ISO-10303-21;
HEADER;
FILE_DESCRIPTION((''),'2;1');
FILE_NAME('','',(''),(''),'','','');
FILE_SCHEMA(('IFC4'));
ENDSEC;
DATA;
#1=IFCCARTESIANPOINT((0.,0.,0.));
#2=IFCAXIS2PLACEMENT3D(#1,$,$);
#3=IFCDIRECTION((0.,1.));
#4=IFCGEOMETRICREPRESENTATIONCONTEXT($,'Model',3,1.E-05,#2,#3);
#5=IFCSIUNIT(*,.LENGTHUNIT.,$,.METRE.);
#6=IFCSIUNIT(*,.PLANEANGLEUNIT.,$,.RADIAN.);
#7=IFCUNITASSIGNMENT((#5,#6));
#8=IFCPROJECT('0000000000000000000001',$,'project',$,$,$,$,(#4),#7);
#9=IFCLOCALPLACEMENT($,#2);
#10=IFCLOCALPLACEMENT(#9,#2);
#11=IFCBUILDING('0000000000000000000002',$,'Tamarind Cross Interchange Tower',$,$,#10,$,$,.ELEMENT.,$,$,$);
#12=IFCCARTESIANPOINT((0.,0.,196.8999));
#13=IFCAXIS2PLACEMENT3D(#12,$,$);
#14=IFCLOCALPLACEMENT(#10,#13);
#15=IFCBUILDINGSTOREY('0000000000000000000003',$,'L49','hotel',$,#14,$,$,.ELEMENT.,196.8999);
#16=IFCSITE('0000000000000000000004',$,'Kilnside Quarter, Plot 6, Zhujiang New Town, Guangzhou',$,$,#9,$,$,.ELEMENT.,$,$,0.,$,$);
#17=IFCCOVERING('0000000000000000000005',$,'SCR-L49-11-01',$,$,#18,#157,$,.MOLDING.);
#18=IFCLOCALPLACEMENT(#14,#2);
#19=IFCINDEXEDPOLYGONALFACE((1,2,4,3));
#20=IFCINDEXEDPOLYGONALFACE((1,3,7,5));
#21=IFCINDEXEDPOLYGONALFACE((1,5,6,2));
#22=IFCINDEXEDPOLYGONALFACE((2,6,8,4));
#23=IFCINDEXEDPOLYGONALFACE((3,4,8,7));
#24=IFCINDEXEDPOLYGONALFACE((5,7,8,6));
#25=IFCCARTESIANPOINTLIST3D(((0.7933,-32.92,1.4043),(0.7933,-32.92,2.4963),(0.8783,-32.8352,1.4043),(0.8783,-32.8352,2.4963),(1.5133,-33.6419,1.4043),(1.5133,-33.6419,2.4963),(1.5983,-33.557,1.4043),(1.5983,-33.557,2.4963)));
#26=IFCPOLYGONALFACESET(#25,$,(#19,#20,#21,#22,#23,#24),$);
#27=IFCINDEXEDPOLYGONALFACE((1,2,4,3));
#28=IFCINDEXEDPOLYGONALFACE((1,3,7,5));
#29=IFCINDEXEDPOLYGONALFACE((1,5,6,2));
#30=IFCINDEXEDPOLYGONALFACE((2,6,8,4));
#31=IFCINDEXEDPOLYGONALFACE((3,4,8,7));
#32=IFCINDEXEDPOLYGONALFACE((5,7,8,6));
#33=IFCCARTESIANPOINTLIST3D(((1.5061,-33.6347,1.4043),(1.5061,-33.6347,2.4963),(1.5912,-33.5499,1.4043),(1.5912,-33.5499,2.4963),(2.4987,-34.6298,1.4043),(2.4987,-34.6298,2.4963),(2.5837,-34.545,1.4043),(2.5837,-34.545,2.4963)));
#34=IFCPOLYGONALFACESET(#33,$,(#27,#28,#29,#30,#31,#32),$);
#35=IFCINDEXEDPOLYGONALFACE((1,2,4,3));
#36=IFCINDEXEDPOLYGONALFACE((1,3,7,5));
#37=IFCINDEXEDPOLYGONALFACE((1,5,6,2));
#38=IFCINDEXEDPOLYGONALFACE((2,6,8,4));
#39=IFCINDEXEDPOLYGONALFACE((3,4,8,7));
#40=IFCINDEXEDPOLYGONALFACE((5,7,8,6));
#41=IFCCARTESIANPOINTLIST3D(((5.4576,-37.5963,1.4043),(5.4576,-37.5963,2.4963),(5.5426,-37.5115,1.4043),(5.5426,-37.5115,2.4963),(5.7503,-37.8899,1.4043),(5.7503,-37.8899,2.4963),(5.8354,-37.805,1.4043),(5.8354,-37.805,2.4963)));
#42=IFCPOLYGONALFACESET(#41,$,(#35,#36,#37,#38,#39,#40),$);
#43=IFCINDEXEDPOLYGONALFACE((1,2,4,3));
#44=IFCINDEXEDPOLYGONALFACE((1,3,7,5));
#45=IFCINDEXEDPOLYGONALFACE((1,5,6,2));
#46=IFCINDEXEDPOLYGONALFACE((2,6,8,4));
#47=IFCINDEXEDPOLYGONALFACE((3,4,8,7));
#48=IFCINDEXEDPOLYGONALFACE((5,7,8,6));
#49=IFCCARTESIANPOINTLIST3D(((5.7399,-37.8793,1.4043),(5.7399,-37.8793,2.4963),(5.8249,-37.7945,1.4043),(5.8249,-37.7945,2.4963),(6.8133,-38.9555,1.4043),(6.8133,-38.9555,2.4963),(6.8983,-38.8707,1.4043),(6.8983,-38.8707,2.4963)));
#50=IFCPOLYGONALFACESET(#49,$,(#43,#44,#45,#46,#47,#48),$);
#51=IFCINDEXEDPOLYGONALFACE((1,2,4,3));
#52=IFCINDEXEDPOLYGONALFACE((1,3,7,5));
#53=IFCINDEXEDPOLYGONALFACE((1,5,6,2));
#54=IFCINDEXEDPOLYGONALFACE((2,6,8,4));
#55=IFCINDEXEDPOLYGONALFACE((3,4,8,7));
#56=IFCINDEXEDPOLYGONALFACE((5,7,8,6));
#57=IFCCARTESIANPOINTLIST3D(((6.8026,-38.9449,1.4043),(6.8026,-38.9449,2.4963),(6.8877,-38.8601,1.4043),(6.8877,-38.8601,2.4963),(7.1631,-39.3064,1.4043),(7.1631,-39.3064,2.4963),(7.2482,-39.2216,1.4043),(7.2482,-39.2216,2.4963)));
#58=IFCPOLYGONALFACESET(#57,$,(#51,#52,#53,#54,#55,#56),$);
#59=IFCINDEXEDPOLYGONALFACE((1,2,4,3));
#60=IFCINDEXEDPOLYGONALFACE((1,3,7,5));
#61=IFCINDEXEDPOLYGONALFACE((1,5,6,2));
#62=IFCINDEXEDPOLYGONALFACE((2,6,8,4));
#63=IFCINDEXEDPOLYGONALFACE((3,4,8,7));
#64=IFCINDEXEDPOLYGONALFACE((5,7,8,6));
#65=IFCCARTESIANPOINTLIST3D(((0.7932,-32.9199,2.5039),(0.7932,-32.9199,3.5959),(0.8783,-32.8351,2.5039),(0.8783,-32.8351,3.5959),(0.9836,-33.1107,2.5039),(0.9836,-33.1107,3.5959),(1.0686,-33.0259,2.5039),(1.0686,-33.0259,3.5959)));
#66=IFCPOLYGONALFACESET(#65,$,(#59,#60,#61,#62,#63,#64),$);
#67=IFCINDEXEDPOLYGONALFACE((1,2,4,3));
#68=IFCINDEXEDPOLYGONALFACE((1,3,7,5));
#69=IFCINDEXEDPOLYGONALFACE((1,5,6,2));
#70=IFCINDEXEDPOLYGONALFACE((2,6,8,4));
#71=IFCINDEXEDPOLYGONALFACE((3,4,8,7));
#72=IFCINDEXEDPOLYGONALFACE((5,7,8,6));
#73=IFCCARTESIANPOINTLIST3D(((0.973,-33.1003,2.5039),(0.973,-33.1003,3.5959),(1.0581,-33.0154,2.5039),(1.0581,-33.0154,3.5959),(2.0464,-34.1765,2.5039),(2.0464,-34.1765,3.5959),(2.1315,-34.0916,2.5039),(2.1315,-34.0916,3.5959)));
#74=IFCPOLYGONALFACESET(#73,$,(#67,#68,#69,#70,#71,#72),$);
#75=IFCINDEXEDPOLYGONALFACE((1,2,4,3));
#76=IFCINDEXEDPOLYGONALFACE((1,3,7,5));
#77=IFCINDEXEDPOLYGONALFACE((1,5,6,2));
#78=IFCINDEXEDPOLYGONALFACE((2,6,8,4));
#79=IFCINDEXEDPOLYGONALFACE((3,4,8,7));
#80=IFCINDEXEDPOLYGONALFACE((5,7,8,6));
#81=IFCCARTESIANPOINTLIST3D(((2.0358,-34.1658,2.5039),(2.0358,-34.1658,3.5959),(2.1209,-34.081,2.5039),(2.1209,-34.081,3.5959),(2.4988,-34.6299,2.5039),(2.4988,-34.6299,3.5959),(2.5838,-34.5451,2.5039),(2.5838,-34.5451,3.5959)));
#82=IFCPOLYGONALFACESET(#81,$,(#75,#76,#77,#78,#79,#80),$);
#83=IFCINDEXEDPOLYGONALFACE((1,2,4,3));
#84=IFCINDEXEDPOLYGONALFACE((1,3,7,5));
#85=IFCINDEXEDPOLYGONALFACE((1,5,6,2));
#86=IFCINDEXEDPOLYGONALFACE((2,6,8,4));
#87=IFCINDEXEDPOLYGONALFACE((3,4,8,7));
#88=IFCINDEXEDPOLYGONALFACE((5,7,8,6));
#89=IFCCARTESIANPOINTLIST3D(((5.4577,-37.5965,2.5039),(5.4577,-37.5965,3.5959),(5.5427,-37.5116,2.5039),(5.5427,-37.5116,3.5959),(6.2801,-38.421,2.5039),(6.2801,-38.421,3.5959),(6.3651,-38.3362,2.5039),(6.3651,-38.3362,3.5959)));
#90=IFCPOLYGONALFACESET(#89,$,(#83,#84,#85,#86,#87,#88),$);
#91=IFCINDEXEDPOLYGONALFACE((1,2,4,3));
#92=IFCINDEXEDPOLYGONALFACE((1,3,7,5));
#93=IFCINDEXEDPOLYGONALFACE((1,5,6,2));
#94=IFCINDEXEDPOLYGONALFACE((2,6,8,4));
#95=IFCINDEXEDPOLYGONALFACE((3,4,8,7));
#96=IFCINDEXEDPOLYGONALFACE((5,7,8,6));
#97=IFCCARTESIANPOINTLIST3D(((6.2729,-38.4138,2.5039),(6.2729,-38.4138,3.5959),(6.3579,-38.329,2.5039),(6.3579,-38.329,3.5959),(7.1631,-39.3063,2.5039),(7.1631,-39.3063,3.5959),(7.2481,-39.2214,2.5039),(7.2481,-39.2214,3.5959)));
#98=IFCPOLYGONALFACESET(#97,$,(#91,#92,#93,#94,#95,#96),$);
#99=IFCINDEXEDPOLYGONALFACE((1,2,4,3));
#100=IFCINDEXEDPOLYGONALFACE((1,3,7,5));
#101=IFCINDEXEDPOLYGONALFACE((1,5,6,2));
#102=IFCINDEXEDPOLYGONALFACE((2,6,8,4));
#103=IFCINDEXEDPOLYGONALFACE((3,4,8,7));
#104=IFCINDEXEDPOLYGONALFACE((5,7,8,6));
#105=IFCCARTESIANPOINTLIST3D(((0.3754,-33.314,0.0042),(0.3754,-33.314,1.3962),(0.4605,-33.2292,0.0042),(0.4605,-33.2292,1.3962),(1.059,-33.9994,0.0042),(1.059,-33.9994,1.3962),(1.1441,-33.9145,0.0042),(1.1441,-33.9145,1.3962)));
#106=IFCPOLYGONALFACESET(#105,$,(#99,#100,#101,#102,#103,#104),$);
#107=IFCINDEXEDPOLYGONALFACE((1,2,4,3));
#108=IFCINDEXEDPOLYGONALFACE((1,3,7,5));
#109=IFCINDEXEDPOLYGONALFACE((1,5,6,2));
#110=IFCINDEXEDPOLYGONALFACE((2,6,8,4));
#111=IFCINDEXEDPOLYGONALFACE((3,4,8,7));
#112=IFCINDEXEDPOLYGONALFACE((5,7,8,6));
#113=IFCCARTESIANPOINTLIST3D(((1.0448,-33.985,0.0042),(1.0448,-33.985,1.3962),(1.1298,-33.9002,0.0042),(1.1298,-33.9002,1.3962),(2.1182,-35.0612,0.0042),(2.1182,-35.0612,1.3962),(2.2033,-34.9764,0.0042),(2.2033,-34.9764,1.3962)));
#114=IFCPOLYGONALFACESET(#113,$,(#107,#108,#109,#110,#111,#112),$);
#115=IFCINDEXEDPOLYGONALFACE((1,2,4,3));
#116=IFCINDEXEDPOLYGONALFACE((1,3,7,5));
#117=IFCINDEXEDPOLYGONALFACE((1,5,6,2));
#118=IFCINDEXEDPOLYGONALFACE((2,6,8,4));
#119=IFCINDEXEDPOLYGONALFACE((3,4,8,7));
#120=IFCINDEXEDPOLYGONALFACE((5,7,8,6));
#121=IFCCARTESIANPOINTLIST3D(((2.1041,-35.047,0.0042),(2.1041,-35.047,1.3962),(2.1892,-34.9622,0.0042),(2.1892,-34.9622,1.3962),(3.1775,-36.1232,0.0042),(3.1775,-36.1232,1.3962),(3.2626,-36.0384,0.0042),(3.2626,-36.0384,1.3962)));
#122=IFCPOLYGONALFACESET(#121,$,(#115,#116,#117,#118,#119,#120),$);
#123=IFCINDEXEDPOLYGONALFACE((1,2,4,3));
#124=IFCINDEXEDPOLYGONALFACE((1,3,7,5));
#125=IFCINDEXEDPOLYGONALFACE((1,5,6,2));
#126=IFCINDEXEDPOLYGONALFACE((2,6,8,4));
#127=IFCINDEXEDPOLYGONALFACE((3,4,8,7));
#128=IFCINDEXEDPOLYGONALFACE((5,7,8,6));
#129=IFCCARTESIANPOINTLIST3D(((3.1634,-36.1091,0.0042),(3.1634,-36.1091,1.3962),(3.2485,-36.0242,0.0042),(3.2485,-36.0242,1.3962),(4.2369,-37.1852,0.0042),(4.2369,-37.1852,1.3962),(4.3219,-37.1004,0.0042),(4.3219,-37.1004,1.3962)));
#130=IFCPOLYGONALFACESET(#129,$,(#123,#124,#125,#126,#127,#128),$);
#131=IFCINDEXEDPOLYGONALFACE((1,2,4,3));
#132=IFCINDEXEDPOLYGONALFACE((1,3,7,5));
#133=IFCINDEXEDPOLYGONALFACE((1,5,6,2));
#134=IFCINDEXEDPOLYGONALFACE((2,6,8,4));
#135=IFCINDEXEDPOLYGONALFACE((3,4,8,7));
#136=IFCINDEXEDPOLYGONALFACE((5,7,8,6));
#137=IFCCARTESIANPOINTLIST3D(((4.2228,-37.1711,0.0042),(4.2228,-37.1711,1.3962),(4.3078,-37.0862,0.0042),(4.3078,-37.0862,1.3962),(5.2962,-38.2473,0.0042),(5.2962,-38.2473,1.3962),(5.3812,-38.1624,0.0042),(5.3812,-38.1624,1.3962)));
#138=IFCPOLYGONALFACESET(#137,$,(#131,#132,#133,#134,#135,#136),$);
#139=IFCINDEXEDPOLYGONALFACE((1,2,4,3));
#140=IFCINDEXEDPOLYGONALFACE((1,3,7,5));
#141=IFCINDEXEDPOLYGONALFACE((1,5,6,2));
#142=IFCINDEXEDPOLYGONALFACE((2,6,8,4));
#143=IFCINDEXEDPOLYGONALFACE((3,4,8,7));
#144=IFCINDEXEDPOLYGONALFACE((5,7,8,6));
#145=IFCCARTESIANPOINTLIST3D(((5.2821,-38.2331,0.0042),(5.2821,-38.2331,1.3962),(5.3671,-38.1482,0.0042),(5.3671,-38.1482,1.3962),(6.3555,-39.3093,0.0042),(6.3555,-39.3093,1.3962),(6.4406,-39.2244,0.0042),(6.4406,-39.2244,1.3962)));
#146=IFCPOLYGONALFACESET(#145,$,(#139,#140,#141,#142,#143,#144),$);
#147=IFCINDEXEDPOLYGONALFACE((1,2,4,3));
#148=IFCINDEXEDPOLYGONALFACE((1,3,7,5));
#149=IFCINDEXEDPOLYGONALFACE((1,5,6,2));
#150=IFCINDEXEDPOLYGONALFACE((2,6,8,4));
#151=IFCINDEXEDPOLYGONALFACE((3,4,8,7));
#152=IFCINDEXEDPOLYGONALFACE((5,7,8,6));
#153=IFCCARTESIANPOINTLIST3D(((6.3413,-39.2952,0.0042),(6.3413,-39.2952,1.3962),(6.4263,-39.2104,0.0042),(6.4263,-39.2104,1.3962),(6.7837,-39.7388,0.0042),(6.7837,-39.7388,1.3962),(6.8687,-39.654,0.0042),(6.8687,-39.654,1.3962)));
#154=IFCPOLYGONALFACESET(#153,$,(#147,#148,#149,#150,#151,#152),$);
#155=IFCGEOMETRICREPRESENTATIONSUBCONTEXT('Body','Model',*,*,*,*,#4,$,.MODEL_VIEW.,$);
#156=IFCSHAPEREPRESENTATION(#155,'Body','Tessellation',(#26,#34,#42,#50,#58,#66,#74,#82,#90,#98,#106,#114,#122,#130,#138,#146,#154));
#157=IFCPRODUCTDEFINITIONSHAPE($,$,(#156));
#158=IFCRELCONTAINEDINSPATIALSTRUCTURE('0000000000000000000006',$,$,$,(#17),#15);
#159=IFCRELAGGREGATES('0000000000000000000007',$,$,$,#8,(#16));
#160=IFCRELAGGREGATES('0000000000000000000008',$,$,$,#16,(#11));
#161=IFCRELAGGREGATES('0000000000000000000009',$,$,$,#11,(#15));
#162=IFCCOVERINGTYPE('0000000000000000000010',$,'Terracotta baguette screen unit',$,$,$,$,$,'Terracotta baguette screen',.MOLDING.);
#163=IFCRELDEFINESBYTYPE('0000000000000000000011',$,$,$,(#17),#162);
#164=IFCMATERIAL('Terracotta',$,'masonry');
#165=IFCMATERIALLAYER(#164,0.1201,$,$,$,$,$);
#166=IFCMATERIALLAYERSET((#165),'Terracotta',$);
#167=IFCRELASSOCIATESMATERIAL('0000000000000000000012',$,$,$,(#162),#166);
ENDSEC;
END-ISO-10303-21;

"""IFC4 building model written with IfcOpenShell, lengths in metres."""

from ifc_helpers import new_model, si_unit, direction, frame, origin, origin_2d, place, context, subcontext, project, spatial, rectangle, extrude, material, layer, layer_set, type_object, element, save


model = new_model("IFC4")

# Units and contexts
model_context = context("Model", 3, precision=1e-05, world=origin(), true_north=direction((0.0, 1.0)))
body_context = subcontext(model_context, "Body", "Model", "MODEL_VIEW")
ifc_project = project(units=[si_unit("LENGTHUNIT", "METRE"), si_unit("PLANEANGLEUNIT", "RADIAN")], contexts=[model_context])

# Site, building, storey
site_placement = place(None, origin())
site = spatial("IfcSite", under=ifc_project, at=site_placement, Name="Kilnside Quarter, Plot 6, Zhujiang New Town, Guangzhou", CompositionType="ELEMENT", RefElevation=0.0)
building_placement = place(site_placement, origin())
building = spatial("IfcBuilding", under=site, at=building_placement, Name="Tamarind Cross Interchange Tower", CompositionType="ELEMENT")
storey_placement = place(building_placement, frame((0.0, 0.0, 196.8999)))
storey = spatial("IfcBuildingStorey", under=building, at=storey_placement, Name="L49", Description="hotel", CompositionType="ELEMENT", Elevation=196.8999)

# Covering
ifc_material_1 = material(Name="Terracotta", Category="masonry")
ifc_layer_1 = layer(ifc_material_1, 0.1201)
ifc_layer_set_1 = layer_set([ifc_layer_1], Name="Terracotta")
covering_type = type_object("IfcCoveringType", Name="Terracotta baguette screen unit", ElementType="Terracotta baguette screen", PredefinedType="MOLDING", material=ifc_layer_set_1)
covering_1_placement = place(storey_placement, origin())
element("IfcCovering", 1, at=covering_1_placement, inside=storey, type_object=covering_type, Name="SCR-L49-11-01", PredefinedType="MOLDING", context=body_context, shape_type="SweptSolid", body=[
    extrude(rectangle(XDim=1.0195, YDim=0.1201, at=origin_2d()), frame((1.1958, -33.2385, 1.4043), z_axis=(0.0, 0.0, 1.0), x_axis=(0.706198, -0.708015, 0.0)), (0.0, 0.0, 1.0), 1.092),
    extrude(rectangle(XDim=1.4055, YDim=0.1201, at=origin_2d()), frame((2.0449, -34.0898, 1.4043), z_axis=(0.0, 0.0, 1.0), x_axis=(0.706198, -0.708015, 0.0)), (0.0, 0.0, 1.0), 1.092),
    extrude(rectangle(XDim=0.4146, YDim=0.1201, at=origin_2d()), frame((5.6465, -37.7007, 1.4043), z_axis=(0.0, 0.0, 1.0), x_axis=(0.706198, -0.708015, 0.0)), (0.0, 0.0, 1.0), 1.092),
    extrude(rectangle(XDim=1.52, YDim=0.1201, at=origin_2d()), frame((6.3191, -38.375, 1.4043), z_axis=(0.0, 0.0, 1.0), x_axis=(0.706198, -0.708015, 0.0)), (0.0, 0.0, 1.0), 1.092),
    extrude(rectangle(XDim=0.5105, YDim=0.1201, at=origin_2d()), frame((7.0254, -39.0833, 1.4043), z_axis=(0.0, 0.0, 1.0), x_axis=(0.706198, -0.708015, 0.0)), (0.0, 0.0, 1.0), 1.092),
    extrude(rectangle(XDim=0.2695, YDim=0.1201, at=origin_2d()), frame((0.9309, -32.9729, 2.5039), z_axis=(0.0, 0.0, 1.0), x_axis=(0.706198, -0.708015, 0.0)), (0.0, 0.0, 1.0), 1.092),
    extrude(rectangle(XDim=1.52, YDim=0.1201, at=origin_2d()), frame((1.5522, -33.5959, 2.5039), z_axis=(0.0, 0.0, 1.0), x_axis=(0.706198, -0.708015, 0.0)), (0.0, 0.0, 1.0), 1.092),
    extrude(rectangle(XDim=0.6555, YDim=0.1201, at=origin_2d()), frame((2.3098, -34.3555, 2.5039), z_axis=(0.0, 0.0, 1.0), x_axis=(0.706198, -0.708015, 0.0)), (0.0, 0.0, 1.0), 1.092),
    extrude(rectangle(XDim=1.1646, YDim=0.1201, at=origin_2d()), frame((5.9114, -37.9663, 2.5039), z_axis=(0.0, 0.0, 1.0), x_axis=(0.706198, -0.708015, 0.0)), (0.0, 0.0, 1.0), 1.092),
    extrude(rectangle(XDim=1.2605, YDim=0.1201, at=origin_2d()), frame((6.7605, -38.8176, 2.5039), z_axis=(0.0, 0.0, 1.0), x_axis=(0.706198, -0.708015, 0.0)), (0.0, 0.0, 1.0), 1.092),
    extrude(rectangle(XDim=0.968, YDim=0.1201, at=origin_2d()), frame((0.7598, -33.6143, 0.0042), z_axis=(0.0, 0.0, 1.0), x_axis=(0.706198, -0.708015, 0.0)), (0.0, 0.0, 1.0), 1.3921),
    extrude(rectangle(XDim=1.52, YDim=0.1201, at=origin_2d()), frame((1.624, -34.4807, 0.0042), z_axis=(0.0, 0.0, 1.0), x_axis=(0.706198, -0.708015, 0.0)), (0.0, 0.0, 1.0), 1.3921),
    extrude(rectangle(XDim=1.52, YDim=0.1201, at=origin_2d()), frame((2.6833, -35.5427, 0.0042), z_axis=(0.0, 0.0, 1.0), x_axis=(0.706198, -0.708015, 0.0)), (0.0, 0.0, 1.0), 1.3921),
    extrude(rectangle(XDim=1.52, YDim=0.1201, at=origin_2d()), frame((3.7427, -36.6047, 0.0042), z_axis=(0.0, 0.0, 1.0), x_axis=(0.706198, -0.708015, 0.0)), (0.0, 0.0, 1.0), 1.3921),
    extrude(rectangle(XDim=1.52, YDim=0.1201, at=origin_2d()), frame((4.802, -37.6667, 0.0042), z_axis=(0.0, 0.0, 1.0), x_axis=(0.706198, -0.708015, 0.0)), (0.0, 0.0, 1.0), 1.3921),
    extrude(rectangle(XDim=1.52, YDim=0.1201, at=origin_2d()), frame((5.8613, -38.7288, 0.0042), z_axis=(0.0, 0.0, 1.0), x_axis=(0.706198, -0.708015, 0.0)), (0.0, 0.0, 1.0), 1.3921),
    extrude(rectangle(XDim=0.6265, YDim=0.1201, at=origin_2d()), frame((6.605, -39.4746, 0.0042), z_axis=(0.0, 0.0, 1.0), x_axis=(0.706198, -0.708015, 0.0)), (0.0, 0.0, 1.0), 1.3921),
])

save(model, "model.ifc")
